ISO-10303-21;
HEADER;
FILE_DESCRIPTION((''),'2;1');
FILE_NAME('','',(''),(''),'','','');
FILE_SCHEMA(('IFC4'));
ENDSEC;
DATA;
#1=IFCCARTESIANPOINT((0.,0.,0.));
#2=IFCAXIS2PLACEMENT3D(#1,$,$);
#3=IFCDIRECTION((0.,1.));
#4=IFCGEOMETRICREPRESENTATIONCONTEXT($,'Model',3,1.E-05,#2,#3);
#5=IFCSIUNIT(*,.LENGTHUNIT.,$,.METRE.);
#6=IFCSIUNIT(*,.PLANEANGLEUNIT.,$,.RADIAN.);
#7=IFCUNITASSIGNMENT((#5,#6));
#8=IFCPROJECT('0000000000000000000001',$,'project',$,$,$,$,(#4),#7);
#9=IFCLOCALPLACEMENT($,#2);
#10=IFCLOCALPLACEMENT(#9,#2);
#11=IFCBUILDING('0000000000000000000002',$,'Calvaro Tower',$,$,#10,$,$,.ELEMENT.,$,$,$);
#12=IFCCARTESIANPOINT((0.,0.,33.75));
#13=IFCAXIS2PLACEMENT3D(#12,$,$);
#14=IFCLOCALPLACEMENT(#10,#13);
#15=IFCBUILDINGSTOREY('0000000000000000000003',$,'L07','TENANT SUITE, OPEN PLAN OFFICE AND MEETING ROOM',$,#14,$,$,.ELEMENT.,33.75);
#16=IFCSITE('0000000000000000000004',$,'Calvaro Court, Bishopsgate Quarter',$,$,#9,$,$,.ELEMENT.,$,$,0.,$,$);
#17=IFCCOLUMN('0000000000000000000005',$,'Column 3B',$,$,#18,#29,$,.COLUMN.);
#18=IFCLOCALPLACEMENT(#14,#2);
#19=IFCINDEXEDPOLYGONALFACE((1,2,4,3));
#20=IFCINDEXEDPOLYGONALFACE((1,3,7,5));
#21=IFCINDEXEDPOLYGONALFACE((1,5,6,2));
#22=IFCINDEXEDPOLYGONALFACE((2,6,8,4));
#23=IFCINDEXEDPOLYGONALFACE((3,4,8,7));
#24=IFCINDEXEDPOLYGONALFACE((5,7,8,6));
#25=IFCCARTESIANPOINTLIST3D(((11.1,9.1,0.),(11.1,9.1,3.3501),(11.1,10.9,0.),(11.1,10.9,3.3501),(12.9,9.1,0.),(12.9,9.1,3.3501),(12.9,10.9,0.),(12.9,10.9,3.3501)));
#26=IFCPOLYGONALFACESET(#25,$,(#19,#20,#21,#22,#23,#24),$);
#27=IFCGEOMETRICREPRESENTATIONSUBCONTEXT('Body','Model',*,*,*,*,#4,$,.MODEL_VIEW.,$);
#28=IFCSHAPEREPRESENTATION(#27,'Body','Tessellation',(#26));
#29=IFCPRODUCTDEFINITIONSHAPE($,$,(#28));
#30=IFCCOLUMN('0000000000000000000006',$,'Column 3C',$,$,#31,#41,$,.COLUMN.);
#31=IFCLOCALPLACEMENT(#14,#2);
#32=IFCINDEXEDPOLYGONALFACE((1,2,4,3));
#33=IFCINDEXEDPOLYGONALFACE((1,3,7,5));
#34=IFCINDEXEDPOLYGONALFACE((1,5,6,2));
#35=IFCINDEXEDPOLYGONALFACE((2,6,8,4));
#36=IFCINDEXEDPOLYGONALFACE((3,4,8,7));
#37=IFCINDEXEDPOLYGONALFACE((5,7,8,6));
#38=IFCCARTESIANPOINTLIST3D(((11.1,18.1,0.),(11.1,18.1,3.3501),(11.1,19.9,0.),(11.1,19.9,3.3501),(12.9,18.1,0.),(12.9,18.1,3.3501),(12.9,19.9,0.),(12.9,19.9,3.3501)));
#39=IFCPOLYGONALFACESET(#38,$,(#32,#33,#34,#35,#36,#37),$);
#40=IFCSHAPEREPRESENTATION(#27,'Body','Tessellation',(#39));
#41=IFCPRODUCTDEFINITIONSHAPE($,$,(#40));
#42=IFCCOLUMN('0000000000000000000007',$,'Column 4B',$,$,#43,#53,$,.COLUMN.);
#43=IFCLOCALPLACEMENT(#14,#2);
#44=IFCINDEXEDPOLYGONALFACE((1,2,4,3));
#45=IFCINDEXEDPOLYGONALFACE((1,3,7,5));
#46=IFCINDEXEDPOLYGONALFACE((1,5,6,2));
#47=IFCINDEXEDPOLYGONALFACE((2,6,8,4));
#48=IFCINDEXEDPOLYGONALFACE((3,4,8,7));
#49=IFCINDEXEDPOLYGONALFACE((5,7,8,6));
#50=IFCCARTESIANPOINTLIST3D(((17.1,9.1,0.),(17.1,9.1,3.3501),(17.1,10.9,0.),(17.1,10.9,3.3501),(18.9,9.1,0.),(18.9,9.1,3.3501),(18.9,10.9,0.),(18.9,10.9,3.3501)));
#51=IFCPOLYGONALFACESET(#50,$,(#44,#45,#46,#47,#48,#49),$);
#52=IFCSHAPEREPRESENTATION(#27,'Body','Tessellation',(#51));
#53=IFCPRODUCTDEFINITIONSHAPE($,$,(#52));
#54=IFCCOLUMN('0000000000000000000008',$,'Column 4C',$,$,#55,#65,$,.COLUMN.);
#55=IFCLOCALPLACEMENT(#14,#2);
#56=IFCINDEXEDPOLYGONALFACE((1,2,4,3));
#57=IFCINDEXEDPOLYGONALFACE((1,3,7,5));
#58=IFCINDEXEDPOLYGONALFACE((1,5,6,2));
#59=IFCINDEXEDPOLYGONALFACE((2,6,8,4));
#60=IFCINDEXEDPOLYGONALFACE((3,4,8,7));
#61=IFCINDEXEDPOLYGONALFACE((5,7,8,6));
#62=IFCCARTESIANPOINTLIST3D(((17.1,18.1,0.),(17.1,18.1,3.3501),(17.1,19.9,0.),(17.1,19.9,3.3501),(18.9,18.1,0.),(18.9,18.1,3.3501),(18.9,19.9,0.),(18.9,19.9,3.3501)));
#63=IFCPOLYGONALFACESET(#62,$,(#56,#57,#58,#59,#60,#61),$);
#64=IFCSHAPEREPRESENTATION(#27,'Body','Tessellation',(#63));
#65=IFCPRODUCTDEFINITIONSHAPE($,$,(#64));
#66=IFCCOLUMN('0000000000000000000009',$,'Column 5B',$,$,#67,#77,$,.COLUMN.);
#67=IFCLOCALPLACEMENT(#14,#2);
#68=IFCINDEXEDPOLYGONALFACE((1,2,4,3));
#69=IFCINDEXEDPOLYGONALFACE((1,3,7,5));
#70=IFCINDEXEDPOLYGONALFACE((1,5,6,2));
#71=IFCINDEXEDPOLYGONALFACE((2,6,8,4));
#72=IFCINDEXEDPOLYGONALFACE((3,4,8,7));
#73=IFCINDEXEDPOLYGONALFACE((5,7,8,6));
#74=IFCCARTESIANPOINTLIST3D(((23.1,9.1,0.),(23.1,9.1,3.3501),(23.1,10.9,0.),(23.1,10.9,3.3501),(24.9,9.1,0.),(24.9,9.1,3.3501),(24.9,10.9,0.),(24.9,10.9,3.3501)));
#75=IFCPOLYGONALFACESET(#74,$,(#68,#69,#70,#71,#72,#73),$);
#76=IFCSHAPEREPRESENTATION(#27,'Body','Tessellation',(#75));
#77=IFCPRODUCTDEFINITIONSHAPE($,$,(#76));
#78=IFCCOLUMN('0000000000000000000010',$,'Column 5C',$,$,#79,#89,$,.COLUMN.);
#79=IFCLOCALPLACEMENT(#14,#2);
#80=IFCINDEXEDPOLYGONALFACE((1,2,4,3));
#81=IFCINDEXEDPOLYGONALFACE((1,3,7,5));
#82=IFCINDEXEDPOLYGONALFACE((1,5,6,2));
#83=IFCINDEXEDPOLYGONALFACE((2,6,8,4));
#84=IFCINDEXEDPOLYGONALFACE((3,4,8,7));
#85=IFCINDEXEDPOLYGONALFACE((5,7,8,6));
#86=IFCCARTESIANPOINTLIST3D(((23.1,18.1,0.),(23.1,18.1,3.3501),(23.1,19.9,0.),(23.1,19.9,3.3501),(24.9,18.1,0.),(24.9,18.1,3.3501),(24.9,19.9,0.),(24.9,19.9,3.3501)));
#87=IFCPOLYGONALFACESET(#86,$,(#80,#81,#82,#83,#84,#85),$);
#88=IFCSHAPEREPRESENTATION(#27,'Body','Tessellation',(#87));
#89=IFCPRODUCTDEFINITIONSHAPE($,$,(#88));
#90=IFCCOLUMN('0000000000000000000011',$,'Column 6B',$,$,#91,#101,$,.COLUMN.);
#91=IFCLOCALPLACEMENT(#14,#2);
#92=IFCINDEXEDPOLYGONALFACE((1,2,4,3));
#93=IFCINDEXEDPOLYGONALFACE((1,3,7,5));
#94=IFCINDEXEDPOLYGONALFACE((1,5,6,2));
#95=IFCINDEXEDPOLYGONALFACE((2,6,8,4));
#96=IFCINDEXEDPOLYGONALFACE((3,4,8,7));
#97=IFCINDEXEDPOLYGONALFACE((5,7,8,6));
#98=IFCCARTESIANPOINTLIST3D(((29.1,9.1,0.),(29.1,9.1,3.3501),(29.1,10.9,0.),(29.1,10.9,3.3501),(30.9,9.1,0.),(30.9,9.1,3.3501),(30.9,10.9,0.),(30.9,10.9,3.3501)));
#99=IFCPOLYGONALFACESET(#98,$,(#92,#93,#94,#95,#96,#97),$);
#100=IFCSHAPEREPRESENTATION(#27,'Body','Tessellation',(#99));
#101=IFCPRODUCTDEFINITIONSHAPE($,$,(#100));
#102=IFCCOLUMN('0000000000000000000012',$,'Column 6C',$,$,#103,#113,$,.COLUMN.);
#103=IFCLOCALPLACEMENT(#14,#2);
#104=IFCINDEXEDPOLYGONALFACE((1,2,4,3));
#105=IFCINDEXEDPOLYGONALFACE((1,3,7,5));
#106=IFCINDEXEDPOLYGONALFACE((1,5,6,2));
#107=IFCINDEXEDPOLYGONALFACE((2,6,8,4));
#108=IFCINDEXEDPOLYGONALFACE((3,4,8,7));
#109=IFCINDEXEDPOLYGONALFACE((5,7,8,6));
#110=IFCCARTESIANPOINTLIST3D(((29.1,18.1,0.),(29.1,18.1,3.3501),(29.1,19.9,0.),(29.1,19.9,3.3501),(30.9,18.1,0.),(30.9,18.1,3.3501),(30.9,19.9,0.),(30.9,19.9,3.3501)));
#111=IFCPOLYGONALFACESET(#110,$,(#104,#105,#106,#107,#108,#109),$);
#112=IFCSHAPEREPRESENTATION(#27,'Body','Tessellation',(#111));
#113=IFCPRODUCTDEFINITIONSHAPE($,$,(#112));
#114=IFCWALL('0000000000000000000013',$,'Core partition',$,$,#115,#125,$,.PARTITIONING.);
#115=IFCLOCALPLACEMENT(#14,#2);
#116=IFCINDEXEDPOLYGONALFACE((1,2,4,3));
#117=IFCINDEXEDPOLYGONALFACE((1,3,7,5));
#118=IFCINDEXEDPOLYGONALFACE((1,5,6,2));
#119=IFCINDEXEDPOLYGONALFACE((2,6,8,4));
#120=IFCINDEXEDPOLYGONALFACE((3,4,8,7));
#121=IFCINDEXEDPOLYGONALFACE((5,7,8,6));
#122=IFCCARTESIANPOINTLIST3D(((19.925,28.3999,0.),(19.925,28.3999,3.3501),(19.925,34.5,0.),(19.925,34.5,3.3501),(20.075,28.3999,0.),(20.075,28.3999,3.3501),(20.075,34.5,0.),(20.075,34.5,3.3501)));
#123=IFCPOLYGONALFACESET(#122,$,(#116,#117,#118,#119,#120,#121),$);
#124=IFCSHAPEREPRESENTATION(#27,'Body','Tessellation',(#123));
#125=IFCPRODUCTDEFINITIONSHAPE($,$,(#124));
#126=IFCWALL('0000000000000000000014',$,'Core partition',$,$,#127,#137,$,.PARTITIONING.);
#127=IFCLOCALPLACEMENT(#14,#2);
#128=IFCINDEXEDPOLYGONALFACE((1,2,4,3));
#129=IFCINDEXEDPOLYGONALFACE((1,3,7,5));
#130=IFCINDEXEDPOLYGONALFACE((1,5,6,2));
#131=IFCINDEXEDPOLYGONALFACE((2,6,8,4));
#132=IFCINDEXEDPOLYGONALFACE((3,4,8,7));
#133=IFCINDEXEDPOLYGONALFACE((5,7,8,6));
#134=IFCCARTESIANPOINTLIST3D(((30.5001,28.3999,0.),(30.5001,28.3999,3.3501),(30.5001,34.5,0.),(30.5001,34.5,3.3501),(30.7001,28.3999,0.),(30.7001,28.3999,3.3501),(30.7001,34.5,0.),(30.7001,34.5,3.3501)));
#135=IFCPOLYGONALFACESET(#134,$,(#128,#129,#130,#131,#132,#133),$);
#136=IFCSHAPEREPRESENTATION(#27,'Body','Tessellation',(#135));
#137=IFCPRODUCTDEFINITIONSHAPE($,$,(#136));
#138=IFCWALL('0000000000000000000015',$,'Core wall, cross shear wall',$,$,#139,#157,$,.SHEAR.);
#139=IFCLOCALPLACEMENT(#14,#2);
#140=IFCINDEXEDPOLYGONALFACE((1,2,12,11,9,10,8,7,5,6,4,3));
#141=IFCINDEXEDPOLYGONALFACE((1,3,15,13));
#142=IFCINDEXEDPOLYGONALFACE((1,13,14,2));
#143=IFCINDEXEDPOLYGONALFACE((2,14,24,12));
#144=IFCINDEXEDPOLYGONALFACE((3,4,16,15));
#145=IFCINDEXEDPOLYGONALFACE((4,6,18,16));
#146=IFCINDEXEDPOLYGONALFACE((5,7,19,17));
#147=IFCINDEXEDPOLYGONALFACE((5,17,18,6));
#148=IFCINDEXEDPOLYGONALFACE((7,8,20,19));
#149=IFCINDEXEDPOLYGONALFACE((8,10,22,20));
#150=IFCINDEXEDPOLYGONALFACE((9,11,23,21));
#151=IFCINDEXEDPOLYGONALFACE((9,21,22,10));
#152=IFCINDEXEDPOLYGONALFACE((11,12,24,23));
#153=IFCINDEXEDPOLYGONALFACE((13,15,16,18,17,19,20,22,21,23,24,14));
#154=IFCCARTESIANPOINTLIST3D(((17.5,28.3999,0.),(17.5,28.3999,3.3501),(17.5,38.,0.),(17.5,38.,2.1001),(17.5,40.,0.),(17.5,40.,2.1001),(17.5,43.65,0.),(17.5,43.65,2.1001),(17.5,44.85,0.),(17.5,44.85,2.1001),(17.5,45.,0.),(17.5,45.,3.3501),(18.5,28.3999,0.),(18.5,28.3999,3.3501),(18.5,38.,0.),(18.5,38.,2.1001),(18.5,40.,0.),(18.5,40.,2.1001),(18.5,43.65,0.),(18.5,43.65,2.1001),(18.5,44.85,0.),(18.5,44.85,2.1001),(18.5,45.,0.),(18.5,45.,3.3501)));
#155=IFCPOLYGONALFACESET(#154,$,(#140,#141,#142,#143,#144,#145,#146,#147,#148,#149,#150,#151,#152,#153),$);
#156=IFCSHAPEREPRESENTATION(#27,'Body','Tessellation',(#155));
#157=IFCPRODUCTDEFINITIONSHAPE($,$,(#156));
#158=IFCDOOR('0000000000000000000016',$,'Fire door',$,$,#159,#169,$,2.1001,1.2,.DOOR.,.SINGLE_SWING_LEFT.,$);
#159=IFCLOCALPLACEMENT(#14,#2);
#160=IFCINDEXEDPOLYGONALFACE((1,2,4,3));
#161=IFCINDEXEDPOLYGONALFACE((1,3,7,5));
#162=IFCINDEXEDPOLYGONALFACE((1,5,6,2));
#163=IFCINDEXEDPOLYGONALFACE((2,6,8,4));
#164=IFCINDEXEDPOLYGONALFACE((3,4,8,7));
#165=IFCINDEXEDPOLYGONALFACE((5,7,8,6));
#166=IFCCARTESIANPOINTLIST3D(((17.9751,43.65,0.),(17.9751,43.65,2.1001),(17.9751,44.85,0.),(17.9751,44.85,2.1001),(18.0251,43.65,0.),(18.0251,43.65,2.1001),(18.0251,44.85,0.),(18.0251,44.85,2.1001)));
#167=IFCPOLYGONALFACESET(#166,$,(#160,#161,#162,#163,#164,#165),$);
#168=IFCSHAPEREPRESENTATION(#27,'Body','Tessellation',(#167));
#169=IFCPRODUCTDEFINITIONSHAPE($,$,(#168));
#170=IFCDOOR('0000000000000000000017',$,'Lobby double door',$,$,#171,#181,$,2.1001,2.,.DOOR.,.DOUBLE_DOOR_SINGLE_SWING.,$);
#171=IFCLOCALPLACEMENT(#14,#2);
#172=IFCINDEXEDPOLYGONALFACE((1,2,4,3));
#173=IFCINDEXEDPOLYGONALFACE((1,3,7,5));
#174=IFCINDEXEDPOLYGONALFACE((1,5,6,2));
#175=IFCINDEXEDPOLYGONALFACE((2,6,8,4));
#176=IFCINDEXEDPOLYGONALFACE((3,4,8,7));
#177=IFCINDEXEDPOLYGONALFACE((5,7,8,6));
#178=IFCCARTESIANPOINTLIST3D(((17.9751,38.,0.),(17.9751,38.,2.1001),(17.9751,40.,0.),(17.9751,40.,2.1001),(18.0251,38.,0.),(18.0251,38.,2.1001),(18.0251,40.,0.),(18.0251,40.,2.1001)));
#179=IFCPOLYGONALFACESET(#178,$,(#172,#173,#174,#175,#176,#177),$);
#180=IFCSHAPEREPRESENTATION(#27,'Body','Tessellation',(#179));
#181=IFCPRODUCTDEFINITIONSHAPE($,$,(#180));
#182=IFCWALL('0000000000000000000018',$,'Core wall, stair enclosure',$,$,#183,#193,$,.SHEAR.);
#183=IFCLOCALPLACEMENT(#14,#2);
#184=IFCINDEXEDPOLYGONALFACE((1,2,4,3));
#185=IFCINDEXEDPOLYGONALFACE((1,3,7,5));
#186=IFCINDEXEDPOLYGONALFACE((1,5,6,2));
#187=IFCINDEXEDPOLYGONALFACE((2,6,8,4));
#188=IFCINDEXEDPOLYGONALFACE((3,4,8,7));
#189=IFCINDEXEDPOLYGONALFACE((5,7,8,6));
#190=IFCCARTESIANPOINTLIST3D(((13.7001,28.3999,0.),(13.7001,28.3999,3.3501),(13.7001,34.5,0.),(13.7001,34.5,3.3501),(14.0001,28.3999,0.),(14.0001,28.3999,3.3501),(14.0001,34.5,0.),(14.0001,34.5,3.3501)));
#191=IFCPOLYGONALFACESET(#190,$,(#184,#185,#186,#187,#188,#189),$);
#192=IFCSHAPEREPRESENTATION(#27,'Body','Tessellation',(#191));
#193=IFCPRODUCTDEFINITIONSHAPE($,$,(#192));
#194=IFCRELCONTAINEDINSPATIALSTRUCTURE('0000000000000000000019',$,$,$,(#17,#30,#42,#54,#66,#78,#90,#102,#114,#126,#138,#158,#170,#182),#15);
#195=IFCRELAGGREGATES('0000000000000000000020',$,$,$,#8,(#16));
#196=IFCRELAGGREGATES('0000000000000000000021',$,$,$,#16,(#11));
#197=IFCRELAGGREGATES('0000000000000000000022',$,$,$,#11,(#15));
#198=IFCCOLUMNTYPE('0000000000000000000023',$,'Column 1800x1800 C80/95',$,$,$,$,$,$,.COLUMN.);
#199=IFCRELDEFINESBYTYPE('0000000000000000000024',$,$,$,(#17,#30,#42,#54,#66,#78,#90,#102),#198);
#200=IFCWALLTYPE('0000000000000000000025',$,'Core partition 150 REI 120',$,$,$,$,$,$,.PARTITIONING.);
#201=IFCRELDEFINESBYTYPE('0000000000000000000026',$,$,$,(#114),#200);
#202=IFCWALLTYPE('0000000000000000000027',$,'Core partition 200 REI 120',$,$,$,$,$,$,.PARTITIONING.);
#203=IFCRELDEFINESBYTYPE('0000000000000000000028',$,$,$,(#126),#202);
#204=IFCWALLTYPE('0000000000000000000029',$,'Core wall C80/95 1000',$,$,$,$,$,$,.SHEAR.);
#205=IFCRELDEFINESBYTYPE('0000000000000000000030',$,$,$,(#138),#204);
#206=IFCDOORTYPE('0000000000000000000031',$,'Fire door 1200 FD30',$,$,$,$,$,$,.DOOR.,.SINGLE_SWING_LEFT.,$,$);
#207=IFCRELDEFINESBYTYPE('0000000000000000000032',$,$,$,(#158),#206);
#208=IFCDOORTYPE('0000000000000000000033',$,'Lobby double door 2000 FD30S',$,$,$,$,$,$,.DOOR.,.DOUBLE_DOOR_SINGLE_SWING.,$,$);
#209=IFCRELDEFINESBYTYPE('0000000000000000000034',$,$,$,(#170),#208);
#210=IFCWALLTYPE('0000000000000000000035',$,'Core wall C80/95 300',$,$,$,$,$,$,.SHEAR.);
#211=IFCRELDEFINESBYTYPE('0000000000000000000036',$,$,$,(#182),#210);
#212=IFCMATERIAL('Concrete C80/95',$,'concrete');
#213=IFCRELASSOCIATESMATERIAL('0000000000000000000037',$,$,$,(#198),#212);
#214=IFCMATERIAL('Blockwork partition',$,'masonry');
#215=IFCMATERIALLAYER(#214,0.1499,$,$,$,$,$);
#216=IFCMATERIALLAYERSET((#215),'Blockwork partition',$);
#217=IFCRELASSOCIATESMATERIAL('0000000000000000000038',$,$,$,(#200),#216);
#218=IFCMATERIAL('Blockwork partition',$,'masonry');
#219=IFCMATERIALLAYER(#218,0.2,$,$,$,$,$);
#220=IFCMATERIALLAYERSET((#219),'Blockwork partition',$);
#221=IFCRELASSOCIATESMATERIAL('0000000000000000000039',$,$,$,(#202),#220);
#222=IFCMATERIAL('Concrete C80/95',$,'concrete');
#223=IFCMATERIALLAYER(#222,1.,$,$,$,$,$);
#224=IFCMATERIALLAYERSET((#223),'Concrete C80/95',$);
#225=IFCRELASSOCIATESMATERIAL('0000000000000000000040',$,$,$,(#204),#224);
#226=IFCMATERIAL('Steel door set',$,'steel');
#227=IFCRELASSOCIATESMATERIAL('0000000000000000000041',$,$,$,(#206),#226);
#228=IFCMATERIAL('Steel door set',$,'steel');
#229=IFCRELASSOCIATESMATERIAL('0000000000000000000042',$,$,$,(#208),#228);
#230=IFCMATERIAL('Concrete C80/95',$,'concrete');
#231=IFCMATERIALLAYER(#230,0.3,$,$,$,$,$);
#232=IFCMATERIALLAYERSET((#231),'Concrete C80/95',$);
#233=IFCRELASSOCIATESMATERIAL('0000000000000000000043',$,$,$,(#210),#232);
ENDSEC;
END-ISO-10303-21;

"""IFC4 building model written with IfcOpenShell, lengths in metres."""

from ifc_helpers import new_model, si_unit, direction, frame, frame_2d, origin, origin_2d, place, context, subcontext, project, spatial, rectangle, extrude, material, layer, layer_set, material_profile, profile_set, type_object, element, fill, save


model = new_model("IFC4")

# Units and contexts
model_context = context("Model", 3, precision=1e-05, world=origin(), true_north=direction((0.0, 1.0)))
body_context = subcontext(model_context, "Body", "Model", "MODEL_VIEW")
ifc_project = project(units=[si_unit("LENGTHUNIT", "METRE"), si_unit("PLANEANGLEUNIT", "RADIAN")], contexts=[model_context])

# Site, building, storey
site_placement = place(None, origin())
site = spatial("IfcSite", under=ifc_project, at=site_placement, Name="Calvaro Court, Bishopsgate Quarter", CompositionType="ELEMENT", RefElevation=0.0)
building_placement = place(site_placement, origin())
building = spatial("IfcBuilding", under=site, at=building_placement, Name="Calvaro Tower", CompositionType="ELEMENT")
storey_placement = place(building_placement, frame((0.0, 0.0, 33.75)))
storey = spatial("IfcBuildingStorey", under=building, at=storey_placement, Name="L07", Description="TENANT SUITE, OPEN PLAN OFFICE AND MEETING ROOM", CompositionType="ELEMENT", Elevation=33.75)

# Columns
ifc_material_1 = material(Name="Concrete C80/95", Category="concrete")
ifc_material_profile = material_profile(ifc_material_1, rectangle(XDim=1.8, YDim=1.8, at=origin_2d()), Name="RC 1800x1800")
ifc_profile_set = profile_set([ifc_material_profile], Name="Concrete C80/95")
column_type = type_object("IfcColumnType", Name="Column 1800x1800 C80/95", PredefinedType="COLUMN", material=ifc_profile_set)
for number, where, z_axis, x_axis, name in (
    (1, (12.0, 10.0, 0.0), (0.0, 0.0, 1.0), (1.0, 0.0, 0.0), "Column 3B"),
    (2, (12.0, 19.0, 0.0), (0.0, 0.0, 1.0), (1.0, 0.0, 0.0), "Column 3C"),
    (3, (18.0, 10.0, 0.0), (0.0, 0.0, 1.0), (1.0, 0.0, 0.0), "Column 4B"),
    (4, (18.0, 19.0, 0.0), (0.0, 0.0, 1.0), (1.0, 0.0, 0.0), "Column 4C"),
    (5, (24.0, 10.0, 0.0), (0.0, 0.0, 1.0), (1.0, 0.0, 0.0), "Column 5B"),
    (6, (24.0, 19.0, 0.0), (0.0, 0.0, 1.0), (1.0, 0.0, 0.0), "Column 5C"),
    (7, (30.0, 10.0, 0.0), (0.0, 0.0, 1.0), (1.0, 0.0, 0.0), "Column 6B"),
    (8, (30.0, 19.0, 0.0), (0.0, 0.0, 1.0), (1.0, 0.0, 0.0), "Column 6C"),
):
    element("IfcColumn", number, at=place(storey_placement, frame(where, z_axis=z_axis, x_axis=x_axis)), inside=storey, type_object=column_type, Name=name, PredefinedType="COLUMN", context=body_context, shape_type="SweptSolid", body=[
        extrude(rectangle(XDim=1.8, YDim=1.8, at=origin_2d()), origin(), (0.0, 0.0, 1.0), 3.3501),
    ])

# Walls
ifc_material_2 = material(Name="Blockwork partition", Category="masonry")
ifc_layer_1 = layer(ifc_material_2, 0.1499)
ifc_layer_set_1 = layer_set([ifc_layer_1], Name="Blockwork partition")
wall_type_1 = type_object("IfcWallType", Name="Core partition 150 REI 120", PredefinedType="PARTITIONING", material=ifc_layer_set_1)
wall_1_placement = place(storey_placement, frame((20.0, 28.3999, 0.0), z_axis=(0.0, 0.0, 1.0), x_axis=(0.0, 1.0, 0.0)))
element("IfcWall", 9, at=wall_1_placement, inside=storey, type_object=wall_type_1, Name="Core partition", PredefinedType="PARTITIONING", context=body_context, shape_type="SweptSolid", body=[
    extrude(rectangle(XDim=6.1001, YDim=0.1499, at=frame_2d((3.05, 0.0))), origin(), (0.0, 0.0, 1.0), 3.3501),
])
ifc_material_3 = material(Name="Blockwork partition", Category="masonry")
ifc_layer_2 = layer(ifc_material_3, 0.2)
ifc_layer_set_2 = layer_set([ifc_layer_2], Name="Blockwork partition")
wall_type_2 = type_object("IfcWallType", Name="Core partition 200 REI 120", PredefinedType="PARTITIONING", material=ifc_layer_set_2)
wall_2_placement = place(storey_placement, frame((30.6001, 28.3999, 0.0), z_axis=(0.0, 0.0, 1.0), x_axis=(0.0, 1.0, 0.0)))
element("IfcWall", 10, at=wall_2_placement, inside=storey, type_object=wall_type_2, Name="Core partition", PredefinedType="PARTITIONING", context=body_context, shape_type="SweptSolid", body=[
    extrude(rectangle(XDim=6.1001, YDim=0.2, at=frame_2d((3.05, 0.0))), origin(), (0.0, 0.0, 1.0), 3.3501),
])

# Wall, openings, doors
ifc_material_4 = material(Name="Concrete C80/95", Category="concrete")
ifc_layer_3 = layer(ifc_material_4, 1.0)
ifc_layer_set_3 = layer_set([ifc_layer_3], Name="Concrete C80/95")
wall_type_3 = type_object("IfcWallType", Name="Core wall C80/95 1000", PredefinedType="SHEAR", material=ifc_layer_set_3)
wall_3_placement = place(storey_placement, frame((18.0, 28.3999, 0.0), z_axis=(0.0, 0.0, 1.0), x_axis=(0.0, 1.0, 0.0)))
wall_3 = element("IfcWall", 11, at=wall_3_placement, inside=storey, type_object=wall_type_3, Name="Core wall, cross shear wall", PredefinedType="SHEAR", context=body_context, shape_type="SweptSolid", body=[
    extrude(rectangle(XDim=16.6001, YDim=1.0, at=frame_2d((8.3, 0.0))), origin(), (0.0, 0.0, 1.0), 3.3501),
])
opening_1_placement = place(wall_3_placement, frame((9.6001, 0.0, 0.0)))
opening_1 = element("IfcOpeningElement", 12, at=opening_1_placement, cuts=wall_3, PredefinedType="OPENING", context=body_context, shape_type="SweptSolid", body=[
    extrude(rectangle(XDim=2.0, YDim=2.1001, at=frame_2d((1.0, 1.05))), frame((0.0, 0.51, 0.0), z_axis=(0.0, -1.0, 0.0), x_axis=(1.0, 0.0, 0.0)), (0.0, 0.0, 1.0), 1.02),
])
opening_2_placement = place(wall_3_placement, frame((15.25, 0.0, 0.0)))
opening_2 = element("IfcOpeningElement", 13, at=opening_2_placement, cuts=wall_3, PredefinedType="OPENING", context=body_context, shape_type="SweptSolid", body=[
    extrude(rectangle(XDim=1.2, YDim=2.1001, at=frame_2d((0.6001, 1.05))), frame((0.0, 0.51, 0.0), z_axis=(0.0, -1.0, 0.0), x_axis=(1.0, 0.0, 0.0)), (0.0, 0.0, 1.0), 1.02),
])
ifc_material_5 = material(Name="Steel door set", Category="steel")
door_type_1 = type_object("IfcDoorType", Name="Fire door 1200 FD30", OperationType="SINGLE_SWING_LEFT", PredefinedType="DOOR", material=ifc_material_5)
door_1_placement = place(opening_2_placement, origin())
door_1 = element("IfcDoor", 14, at=door_1_placement, inside=storey, type_object=door_type_1, Name="Fire door", OperationType="SINGLE_SWING_LEFT", OverallHeight=2.1001, OverallWidth=1.2, PredefinedType="DOOR", context=body_context, shape_type="SweptSolid", body=[
    extrude(rectangle(XDim=1.2, YDim=2.1001, at=frame_2d((0.6001, 1.05))), frame((0.0, 0.0249, 0.0), z_axis=(0.0, -1.0, 0.0), x_axis=(1.0, 0.0, 0.0)), (0.0, 0.0, 1.0), 0.05),
])
fill(opening_2, door_1)
ifc_material_6 = material(Name="Steel door set", Category="steel")
door_type_2 = type_object("IfcDoorType", Name="Lobby double door 2000 FD30S", OperationType="DOUBLE_DOOR_SINGLE_SWING", PredefinedType="DOOR", material=ifc_material_6)
door_2_placement = place(opening_1_placement, origin())
door_2 = element("IfcDoor", 15, at=door_2_placement, inside=storey, type_object=door_type_2, Name="Lobby double door", OperationType="DOUBLE_DOOR_SINGLE_SWING", OverallHeight=2.1001, OverallWidth=2.0, PredefinedType="DOOR", context=body_context, shape_type="SweptSolid", body=[
    extrude(rectangle(XDim=2.0, YDim=2.1001, at=frame_2d((1.0, 1.05))), frame((0.0, 0.0249, 0.0), z_axis=(0.0, -1.0, 0.0), x_axis=(1.0, 0.0, 0.0)), (0.0, 0.0, 1.0), 0.05),
])
fill(opening_1, door_2)

# Wall
ifc_material_7 = material(Name="Concrete C80/95", Category="concrete")
ifc_layer_4 = layer(ifc_material_7, 0.3)
ifc_layer_set_4 = layer_set([ifc_layer_4], Name="Concrete C80/95")
wall_type_4 = type_object("IfcWallType", Name="Core wall C80/95 300", PredefinedType="SHEAR", material=ifc_layer_set_4)
for number, where, z_axis, x_axis, name in (
    (16, (13.8501, 28.3999, 0.0), (0.0, 0.0, 1.0), (0.0, 1.0, 0.0), "Core wall, stair enclosure"),
):
    element("IfcWall", number, at=place(storey_placement, frame(where, z_axis=z_axis, x_axis=x_axis)), inside=storey, type_object=wall_type_4, Name=name, PredefinedType="SHEAR", context=body_context, shape_type="SweptSolid", body=[
        extrude(rectangle(XDim=6.1001, YDim=0.3, at=frame_2d((3.05, 0.0))), origin(), (0.0, 0.0, 1.0), 3.3501),
    ])

save(model, "model.ifc")
